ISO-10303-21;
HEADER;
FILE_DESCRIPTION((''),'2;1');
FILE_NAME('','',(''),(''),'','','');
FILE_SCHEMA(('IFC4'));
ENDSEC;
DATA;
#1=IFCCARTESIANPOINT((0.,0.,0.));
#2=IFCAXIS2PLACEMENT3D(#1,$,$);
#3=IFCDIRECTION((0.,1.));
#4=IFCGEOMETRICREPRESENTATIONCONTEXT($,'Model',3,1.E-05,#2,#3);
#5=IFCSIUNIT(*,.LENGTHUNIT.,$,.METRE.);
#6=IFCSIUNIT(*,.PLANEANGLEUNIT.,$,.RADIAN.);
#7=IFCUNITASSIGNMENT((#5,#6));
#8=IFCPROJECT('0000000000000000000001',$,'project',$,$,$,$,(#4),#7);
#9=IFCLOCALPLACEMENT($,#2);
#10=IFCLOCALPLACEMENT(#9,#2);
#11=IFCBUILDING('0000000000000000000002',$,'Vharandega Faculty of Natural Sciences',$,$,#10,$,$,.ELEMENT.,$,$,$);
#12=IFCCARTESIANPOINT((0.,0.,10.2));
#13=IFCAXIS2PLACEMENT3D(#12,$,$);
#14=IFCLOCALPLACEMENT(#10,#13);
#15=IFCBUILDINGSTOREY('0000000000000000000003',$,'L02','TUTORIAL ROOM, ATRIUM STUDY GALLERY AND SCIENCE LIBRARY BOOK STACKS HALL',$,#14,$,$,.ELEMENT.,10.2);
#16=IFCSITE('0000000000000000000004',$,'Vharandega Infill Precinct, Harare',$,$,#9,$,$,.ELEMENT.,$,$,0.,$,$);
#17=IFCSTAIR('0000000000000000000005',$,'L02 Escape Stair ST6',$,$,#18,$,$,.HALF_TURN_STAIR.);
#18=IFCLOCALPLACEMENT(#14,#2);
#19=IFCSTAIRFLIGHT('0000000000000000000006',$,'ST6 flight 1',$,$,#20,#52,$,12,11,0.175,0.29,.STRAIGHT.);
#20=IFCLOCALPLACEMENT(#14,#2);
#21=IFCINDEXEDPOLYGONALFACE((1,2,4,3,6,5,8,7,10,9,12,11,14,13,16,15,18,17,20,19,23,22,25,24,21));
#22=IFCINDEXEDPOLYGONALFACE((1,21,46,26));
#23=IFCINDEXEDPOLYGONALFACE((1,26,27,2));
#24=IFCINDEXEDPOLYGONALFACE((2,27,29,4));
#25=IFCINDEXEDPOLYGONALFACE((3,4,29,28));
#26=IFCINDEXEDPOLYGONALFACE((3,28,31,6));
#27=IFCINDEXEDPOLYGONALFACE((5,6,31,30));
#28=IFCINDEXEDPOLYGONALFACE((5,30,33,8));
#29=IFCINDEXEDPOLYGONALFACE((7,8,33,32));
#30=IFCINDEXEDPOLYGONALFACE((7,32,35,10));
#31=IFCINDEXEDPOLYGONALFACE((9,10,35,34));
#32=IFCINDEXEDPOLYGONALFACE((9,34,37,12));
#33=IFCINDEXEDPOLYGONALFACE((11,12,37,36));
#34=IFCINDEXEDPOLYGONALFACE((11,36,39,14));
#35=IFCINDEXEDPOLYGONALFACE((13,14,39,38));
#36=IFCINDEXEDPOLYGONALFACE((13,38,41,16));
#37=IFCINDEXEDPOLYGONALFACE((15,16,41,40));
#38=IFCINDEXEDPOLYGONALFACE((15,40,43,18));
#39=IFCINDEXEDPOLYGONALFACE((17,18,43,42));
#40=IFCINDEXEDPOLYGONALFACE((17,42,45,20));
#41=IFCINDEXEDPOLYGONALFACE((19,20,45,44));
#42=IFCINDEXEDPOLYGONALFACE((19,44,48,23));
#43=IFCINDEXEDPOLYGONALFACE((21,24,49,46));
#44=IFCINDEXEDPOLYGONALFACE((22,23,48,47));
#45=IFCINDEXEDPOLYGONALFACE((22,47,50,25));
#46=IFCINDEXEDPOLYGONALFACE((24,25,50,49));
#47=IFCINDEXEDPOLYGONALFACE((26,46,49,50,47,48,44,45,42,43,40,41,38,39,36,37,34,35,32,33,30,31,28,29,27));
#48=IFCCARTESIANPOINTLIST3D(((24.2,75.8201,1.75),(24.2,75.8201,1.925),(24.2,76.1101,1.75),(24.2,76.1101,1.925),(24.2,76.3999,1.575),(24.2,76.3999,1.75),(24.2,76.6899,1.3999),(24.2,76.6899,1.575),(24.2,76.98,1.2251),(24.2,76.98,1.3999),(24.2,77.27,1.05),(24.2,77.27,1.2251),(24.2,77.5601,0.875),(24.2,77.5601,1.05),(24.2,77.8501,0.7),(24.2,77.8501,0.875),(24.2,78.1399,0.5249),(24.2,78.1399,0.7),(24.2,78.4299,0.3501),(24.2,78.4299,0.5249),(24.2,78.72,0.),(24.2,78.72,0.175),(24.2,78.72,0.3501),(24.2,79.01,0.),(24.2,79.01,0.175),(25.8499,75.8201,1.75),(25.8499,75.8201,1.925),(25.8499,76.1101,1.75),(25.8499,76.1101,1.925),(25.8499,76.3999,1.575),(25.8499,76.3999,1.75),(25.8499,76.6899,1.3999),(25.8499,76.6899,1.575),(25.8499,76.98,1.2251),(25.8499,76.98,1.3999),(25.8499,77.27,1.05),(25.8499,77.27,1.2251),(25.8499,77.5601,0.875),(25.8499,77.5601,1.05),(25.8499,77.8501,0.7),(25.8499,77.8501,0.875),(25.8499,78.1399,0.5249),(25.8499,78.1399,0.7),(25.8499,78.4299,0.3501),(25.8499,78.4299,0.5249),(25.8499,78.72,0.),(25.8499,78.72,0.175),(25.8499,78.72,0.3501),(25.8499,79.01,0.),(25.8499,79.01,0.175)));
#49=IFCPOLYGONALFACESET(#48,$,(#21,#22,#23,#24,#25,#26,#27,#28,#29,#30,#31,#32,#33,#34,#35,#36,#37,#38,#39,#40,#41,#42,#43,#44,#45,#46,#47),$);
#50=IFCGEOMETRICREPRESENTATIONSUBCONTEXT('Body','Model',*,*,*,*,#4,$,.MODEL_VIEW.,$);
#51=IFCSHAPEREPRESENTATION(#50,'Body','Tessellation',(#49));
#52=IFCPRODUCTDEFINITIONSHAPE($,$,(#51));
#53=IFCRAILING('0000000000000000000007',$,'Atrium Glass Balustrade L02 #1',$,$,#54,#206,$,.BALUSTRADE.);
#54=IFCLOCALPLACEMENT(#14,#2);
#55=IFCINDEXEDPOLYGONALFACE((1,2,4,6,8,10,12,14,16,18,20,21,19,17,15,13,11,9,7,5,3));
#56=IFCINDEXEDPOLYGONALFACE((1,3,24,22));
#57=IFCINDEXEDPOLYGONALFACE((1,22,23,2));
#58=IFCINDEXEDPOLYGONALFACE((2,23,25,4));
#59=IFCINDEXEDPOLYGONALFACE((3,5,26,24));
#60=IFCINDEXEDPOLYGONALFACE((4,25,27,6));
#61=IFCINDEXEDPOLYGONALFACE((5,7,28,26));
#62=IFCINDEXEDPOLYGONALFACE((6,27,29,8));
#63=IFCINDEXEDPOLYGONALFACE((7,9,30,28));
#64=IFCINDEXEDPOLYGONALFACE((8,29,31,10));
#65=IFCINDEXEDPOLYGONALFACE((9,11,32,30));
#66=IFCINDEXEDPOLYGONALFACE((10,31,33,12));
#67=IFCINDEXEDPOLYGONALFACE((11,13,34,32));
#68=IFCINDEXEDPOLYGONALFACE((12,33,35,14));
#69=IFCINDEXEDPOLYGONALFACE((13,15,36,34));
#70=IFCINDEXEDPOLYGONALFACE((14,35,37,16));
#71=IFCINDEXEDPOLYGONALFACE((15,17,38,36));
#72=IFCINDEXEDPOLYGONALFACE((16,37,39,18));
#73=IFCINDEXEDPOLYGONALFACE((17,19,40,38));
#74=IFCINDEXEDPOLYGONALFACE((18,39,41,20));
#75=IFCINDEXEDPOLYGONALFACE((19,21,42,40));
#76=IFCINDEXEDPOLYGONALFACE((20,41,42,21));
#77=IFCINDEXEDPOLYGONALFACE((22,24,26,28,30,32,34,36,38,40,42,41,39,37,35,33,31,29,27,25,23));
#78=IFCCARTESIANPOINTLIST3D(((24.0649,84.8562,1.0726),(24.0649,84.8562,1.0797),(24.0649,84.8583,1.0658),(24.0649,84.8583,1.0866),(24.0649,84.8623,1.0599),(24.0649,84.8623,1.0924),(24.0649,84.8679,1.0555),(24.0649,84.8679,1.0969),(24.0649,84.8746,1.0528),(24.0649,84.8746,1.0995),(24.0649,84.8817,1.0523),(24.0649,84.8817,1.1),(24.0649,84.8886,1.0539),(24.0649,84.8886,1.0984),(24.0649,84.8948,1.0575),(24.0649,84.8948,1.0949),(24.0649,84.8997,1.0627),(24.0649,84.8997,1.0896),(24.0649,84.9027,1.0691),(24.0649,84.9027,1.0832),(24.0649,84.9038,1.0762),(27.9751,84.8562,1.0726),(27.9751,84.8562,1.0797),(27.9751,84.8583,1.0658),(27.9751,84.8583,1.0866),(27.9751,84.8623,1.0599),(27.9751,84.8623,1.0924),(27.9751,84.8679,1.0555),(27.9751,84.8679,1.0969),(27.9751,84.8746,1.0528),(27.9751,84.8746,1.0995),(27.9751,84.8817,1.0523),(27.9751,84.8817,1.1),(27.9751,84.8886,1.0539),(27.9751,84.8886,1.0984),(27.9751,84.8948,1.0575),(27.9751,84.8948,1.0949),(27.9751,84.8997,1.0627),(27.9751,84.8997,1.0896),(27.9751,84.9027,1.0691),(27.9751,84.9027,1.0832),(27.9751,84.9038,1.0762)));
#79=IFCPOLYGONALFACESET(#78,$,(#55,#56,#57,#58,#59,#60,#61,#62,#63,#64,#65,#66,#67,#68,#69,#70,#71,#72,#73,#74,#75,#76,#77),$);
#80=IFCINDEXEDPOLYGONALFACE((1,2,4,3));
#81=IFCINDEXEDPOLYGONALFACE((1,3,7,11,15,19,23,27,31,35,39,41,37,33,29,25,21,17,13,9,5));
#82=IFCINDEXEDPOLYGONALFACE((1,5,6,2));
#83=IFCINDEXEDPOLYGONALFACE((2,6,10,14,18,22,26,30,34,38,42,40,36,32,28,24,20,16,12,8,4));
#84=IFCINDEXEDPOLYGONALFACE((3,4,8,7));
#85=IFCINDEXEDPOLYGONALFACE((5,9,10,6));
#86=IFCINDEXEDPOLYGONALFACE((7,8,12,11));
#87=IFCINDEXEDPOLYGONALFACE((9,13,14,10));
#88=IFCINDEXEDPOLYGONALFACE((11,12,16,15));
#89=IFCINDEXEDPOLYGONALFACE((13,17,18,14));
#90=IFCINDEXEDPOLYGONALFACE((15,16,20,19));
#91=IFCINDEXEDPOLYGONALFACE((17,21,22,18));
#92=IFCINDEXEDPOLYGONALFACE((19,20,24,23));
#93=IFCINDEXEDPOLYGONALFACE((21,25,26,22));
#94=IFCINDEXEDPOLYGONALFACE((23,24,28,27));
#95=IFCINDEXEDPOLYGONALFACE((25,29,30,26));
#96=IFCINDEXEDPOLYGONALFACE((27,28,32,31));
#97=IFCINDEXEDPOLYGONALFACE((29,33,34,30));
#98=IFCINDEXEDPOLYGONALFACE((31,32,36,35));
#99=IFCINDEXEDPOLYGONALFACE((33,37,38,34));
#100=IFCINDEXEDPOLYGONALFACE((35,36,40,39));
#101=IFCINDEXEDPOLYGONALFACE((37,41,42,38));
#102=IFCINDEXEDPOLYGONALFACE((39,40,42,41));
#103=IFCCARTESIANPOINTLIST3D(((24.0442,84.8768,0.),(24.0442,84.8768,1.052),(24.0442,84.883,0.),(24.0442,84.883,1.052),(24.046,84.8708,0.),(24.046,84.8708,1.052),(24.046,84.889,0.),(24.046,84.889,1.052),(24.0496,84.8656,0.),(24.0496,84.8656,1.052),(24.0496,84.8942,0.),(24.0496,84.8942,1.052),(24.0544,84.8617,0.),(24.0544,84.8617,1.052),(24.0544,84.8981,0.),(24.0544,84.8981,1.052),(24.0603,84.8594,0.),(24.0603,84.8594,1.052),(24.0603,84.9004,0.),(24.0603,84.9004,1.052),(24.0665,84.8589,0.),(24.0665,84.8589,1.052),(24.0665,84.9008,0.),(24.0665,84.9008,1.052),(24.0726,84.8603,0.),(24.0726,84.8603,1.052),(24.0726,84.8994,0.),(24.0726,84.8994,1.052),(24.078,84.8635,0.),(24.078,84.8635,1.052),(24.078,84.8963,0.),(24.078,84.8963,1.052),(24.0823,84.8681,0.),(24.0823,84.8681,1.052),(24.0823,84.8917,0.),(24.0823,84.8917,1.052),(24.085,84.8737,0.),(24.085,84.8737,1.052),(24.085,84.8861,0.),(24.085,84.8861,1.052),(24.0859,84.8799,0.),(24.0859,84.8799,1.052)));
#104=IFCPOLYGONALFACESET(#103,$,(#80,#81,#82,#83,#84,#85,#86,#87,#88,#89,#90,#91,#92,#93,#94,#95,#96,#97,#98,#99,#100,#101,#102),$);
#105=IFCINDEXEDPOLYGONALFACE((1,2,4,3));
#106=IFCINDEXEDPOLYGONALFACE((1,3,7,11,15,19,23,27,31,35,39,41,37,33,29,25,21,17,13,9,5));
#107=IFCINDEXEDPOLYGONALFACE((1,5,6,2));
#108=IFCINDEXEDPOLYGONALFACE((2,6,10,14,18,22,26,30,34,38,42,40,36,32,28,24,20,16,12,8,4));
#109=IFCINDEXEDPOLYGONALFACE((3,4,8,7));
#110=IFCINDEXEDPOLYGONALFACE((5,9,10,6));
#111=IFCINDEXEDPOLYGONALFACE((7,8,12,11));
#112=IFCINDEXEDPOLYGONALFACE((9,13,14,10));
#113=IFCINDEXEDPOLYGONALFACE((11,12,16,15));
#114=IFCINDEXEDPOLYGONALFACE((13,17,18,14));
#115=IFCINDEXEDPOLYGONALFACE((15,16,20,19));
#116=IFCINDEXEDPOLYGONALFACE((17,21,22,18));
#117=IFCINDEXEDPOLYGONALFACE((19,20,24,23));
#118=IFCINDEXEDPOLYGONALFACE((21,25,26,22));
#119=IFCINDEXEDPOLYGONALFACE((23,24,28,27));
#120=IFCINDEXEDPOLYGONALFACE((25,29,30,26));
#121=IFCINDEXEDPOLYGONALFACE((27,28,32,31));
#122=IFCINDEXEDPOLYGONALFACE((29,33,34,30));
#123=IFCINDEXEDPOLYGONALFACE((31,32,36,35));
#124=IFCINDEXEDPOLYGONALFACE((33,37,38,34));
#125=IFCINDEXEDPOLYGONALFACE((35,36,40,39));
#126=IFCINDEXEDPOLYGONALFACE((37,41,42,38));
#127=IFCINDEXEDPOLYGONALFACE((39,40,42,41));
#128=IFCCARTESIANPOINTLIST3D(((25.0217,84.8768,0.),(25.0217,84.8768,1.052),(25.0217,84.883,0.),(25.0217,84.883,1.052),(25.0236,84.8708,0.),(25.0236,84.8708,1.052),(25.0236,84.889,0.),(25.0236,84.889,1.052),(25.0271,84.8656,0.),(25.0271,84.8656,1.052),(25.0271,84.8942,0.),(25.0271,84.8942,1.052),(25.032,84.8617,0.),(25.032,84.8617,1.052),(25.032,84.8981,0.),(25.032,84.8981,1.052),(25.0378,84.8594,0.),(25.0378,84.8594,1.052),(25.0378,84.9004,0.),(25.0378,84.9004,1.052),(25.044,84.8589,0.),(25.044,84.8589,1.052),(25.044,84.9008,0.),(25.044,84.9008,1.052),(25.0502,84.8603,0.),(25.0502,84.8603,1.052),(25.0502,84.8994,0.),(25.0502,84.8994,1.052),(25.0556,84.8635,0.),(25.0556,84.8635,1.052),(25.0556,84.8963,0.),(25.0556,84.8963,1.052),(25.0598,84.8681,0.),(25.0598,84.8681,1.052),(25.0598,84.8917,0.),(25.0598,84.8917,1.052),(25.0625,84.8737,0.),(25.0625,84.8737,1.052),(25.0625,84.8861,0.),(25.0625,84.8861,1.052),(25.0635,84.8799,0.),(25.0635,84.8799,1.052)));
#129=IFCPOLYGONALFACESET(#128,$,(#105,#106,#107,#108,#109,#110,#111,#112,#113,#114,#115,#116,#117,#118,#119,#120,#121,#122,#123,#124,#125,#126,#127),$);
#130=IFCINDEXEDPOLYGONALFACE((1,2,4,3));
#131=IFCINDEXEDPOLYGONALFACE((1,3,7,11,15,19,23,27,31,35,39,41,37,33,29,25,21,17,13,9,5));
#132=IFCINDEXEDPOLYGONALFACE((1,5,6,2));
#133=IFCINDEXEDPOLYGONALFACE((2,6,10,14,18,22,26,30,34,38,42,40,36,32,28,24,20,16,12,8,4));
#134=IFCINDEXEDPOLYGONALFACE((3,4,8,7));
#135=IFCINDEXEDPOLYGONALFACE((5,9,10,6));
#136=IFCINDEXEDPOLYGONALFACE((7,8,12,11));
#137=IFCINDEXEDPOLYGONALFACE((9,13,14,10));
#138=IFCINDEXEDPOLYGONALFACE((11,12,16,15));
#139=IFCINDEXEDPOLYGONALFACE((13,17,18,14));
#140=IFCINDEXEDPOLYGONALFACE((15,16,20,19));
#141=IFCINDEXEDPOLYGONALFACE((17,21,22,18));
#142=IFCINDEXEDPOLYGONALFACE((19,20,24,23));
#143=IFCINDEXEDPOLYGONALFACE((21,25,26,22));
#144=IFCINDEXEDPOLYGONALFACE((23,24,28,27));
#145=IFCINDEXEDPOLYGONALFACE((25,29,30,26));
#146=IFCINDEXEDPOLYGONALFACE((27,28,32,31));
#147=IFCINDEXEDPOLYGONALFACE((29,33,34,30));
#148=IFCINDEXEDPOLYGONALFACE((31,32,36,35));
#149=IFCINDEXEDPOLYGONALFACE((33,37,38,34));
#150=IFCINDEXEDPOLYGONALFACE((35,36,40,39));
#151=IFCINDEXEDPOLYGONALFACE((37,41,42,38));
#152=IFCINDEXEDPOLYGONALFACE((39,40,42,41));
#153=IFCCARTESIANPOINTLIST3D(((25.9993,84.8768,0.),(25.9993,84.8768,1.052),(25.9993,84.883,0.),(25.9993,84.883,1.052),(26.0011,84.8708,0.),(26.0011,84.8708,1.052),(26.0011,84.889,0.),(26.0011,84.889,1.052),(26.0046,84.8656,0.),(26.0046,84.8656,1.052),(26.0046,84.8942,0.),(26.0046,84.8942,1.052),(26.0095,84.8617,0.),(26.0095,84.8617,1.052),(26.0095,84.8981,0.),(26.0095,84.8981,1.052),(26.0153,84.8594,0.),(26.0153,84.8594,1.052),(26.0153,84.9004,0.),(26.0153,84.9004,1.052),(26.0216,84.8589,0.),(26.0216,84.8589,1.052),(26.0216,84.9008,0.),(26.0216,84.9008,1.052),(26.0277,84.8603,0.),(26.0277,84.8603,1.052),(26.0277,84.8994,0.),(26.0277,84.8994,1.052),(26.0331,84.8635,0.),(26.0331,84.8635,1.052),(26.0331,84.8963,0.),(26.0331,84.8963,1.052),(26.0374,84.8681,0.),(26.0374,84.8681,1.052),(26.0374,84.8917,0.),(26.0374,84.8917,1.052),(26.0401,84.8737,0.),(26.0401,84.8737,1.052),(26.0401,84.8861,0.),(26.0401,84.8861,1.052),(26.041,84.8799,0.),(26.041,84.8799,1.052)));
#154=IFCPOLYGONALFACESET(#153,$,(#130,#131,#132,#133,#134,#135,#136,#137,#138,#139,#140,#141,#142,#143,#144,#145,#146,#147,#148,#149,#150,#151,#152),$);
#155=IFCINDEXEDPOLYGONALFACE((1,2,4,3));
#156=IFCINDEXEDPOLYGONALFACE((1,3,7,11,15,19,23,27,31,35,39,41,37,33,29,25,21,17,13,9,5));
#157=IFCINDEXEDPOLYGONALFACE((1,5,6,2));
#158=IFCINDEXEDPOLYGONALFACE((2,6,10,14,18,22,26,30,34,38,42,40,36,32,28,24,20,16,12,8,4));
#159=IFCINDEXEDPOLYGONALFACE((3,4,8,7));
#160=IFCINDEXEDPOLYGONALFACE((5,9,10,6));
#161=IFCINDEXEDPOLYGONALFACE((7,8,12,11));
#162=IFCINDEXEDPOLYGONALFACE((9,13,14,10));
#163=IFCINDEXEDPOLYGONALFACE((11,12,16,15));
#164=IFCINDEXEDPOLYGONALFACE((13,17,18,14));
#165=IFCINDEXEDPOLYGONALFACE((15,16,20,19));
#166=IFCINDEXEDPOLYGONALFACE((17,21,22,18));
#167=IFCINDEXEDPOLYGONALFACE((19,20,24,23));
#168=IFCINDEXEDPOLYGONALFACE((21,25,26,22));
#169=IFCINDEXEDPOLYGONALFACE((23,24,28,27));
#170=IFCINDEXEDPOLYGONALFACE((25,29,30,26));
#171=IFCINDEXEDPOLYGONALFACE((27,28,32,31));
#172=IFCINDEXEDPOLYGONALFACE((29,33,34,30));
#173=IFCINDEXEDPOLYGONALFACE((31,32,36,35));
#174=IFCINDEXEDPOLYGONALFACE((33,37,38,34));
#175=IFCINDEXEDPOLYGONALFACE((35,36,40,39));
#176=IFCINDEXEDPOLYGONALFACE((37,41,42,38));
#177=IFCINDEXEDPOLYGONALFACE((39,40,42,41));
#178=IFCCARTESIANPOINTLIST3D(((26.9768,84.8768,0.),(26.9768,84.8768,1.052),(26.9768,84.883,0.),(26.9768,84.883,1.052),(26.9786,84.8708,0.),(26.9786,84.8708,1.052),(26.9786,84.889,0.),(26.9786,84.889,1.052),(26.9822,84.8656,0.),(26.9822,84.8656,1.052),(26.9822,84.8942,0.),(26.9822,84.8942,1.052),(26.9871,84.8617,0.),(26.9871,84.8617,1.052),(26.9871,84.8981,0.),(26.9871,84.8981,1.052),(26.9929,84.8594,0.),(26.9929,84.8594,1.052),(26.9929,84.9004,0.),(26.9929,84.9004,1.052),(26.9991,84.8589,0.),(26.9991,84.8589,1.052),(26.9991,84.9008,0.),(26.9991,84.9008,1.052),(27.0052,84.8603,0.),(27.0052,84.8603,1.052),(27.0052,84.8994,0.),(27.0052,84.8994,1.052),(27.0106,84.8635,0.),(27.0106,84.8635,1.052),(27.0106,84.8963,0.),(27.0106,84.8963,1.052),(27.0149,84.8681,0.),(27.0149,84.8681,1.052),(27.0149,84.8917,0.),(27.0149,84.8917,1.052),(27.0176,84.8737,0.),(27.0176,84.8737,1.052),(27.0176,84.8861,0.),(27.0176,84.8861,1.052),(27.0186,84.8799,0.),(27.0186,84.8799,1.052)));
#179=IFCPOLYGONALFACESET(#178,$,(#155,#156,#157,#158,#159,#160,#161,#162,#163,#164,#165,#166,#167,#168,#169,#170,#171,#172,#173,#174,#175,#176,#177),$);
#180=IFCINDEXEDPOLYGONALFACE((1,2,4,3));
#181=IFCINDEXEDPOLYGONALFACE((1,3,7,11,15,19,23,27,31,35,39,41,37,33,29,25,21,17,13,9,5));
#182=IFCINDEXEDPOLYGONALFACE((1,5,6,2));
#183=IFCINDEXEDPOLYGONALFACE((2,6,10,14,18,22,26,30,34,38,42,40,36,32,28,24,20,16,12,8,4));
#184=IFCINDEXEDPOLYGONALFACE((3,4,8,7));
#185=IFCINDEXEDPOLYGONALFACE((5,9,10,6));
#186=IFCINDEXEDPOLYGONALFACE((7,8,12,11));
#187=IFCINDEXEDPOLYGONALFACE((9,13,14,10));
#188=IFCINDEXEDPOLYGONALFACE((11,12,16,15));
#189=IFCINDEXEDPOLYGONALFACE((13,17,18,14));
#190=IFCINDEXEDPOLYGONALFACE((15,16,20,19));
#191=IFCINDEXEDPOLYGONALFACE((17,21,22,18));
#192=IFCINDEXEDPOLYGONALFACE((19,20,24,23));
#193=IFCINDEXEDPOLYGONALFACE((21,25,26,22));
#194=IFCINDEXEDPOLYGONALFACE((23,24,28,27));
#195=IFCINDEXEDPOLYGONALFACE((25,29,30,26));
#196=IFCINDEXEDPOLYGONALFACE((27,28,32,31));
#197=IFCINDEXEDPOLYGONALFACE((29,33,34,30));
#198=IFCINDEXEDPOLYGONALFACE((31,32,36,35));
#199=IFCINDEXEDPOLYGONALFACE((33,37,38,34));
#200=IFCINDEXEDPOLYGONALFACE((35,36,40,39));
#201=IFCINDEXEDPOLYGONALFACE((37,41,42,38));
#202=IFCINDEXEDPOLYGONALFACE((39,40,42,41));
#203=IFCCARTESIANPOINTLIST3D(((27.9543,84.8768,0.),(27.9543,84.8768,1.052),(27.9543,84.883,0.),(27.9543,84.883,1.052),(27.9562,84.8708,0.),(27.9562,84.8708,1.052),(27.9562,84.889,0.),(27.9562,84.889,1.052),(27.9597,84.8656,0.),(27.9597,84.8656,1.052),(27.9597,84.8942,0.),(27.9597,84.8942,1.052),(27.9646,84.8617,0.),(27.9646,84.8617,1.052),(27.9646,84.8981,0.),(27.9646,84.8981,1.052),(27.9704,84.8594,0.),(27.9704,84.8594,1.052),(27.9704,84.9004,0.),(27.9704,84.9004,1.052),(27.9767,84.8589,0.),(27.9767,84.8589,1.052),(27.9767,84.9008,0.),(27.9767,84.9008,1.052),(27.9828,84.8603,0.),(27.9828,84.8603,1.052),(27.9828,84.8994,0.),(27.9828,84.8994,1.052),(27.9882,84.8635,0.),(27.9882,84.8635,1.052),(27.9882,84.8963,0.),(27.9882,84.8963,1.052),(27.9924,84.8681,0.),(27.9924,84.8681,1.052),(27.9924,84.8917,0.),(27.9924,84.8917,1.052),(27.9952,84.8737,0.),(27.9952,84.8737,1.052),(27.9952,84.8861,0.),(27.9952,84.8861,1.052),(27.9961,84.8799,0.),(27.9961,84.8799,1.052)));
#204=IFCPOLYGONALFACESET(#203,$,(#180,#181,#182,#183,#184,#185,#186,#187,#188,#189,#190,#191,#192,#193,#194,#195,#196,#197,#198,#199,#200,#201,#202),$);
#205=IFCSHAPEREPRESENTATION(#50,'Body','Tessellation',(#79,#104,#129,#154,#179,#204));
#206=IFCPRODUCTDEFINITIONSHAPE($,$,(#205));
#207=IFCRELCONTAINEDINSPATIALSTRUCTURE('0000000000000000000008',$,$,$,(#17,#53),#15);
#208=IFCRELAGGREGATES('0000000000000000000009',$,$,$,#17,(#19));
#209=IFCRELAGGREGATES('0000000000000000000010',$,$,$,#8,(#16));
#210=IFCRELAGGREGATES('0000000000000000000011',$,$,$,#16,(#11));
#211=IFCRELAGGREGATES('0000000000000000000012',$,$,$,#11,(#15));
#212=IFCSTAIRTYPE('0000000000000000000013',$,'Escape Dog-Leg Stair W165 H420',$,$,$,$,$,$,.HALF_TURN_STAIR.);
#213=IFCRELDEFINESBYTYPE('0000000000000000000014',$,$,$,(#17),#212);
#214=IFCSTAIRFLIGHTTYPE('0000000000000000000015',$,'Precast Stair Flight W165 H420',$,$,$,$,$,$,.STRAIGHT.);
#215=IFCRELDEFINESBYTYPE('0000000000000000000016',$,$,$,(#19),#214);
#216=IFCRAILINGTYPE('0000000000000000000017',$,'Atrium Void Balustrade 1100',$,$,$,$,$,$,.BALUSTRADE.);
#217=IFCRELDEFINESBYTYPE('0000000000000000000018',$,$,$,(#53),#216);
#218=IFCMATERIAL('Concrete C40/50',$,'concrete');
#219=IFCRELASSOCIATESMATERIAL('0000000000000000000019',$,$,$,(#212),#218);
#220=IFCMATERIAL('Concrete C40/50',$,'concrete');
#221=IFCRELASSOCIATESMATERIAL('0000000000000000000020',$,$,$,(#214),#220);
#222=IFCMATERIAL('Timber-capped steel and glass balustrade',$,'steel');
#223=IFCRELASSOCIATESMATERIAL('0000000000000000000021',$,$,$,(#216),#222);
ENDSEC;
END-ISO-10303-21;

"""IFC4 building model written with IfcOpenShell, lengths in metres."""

from ifc_helpers import new_model, si_unit, direction, frame, origin, origin_2d, place, context, subcontext, project, spatial, polyline, circle, outline, extrude, material, type_object, element, aggregate, save


model = new_model("IFC4")

# Units and contexts
model_context = context("Model", 3, precision=1e-05, world=origin(), true_north=direction((0.0, 1.0)))
body_context = subcontext(model_context, "Body", "Model", "MODEL_VIEW")
ifc_project = project(units=[si_unit("LENGTHUNIT", "METRE"), si_unit("PLANEANGLEUNIT", "RADIAN")], contexts=[model_context])

# Site, building, storey
site_placement = place(None, origin())
site = spatial("IfcSite", under=ifc_project, at=site_placement, Name="Vharandega Infill Precinct, Harare", CompositionType="ELEMENT", RefElevation=0.0)
building_placement = place(site_placement, origin())
building = spatial("IfcBuilding", under=site, at=building_placement, Name="Vharandega Faculty of Natural Sciences", CompositionType="ELEMENT")
storey_placement = place(building_placement, frame((0.0, 0.0, 10.2)))
storey = spatial("IfcBuildingStorey", under=building, at=storey_placement, Name="L02", Description="TUTORIAL ROOM, ATRIUM STUDY GALLERY AND SCIENCE LIBRARY BOOK STACKS HALL", CompositionType="ELEMENT", Elevation=10.2)

# Stair, stair flight
ifc_material_1 = material(Name="Concrete C40/50", Category="concrete")
stair_type = type_object("IfcStairType", Name="Escape Dog-Leg Stair W165 H420", PredefinedType="HALF_TURN_STAIR", material=ifc_material_1)
stair_placement = place(storey_placement, origin())
stair = element("IfcStair", 1, at=stair_placement, inside=storey, type_object=stair_type, Name="L02 Escape Stair ST6", PredefinedType="HALF_TURN_STAIR")
ifc_material_2 = material(Name="Concrete C40/50", Category="concrete")
stair_flight_type = type_object("IfcStairFlightType", Name="Precast Stair Flight W165 H420", PredefinedType="STRAIGHT", material=ifc_material_2)
stair_flight_placement = place(storey_placement, frame((25.0249, 79.01, 0.0), z_axis=(0.0, 0.0, 1.0), x_axis=(0.0, -1.0, 0.0)))
stair_flight = element("IfcStairFlight", 2, at=stair_flight_placement, type_object=stair_flight_type, Name="ST6 flight 1", NumberOfRisers=12, NumberOfTreads=11, PredefinedType="STRAIGHT", RiserHeight=0.175, TreadLength=0.29, context=body_context, shape_type="SweptSolid", body=[
    extrude(outline(polyline([(0.0, 0.0), (0.0, 0.175), (0.29, 0.175), (0.29, 0.3501), (0.5801, 0.3501), (0.5801, 0.5249), (0.8701, 0.5249), (0.8701, 0.7), (1.1599, 0.7), (1.1599, 0.875), (1.45, 0.875), (1.45, 1.05), (1.74, 1.05), (1.74, 1.2251), (2.03, 1.2251), (2.03, 1.3999), (2.3201, 1.3999), (2.3201, 1.575), (2.6101, 1.575), (2.6101, 1.75), (2.8999, 1.75), (2.8999, 1.925), (3.1899, 1.925), (3.1899, 2.1001), (3.1899, 1.75), (0.29, 0.0), (0.0, 0.0)])), frame((0.0, 0.825, 0.0), z_axis=(0.0, -1.0, 0.0), x_axis=(1.0, 0.0, 0.0)), (0.0, 0.0, 1.0), 1.6499),
])
aggregate(stair, [stair_flight])

# Railing
ifc_material_3 = material(Name="Timber-capped steel and glass balustrade", Category="steel")
railing_type_1 = type_object("IfcRailingType", Name="Atrium Void Balustrade 1100", PredefinedType="BALUSTRADE", material=ifc_material_3)
railing_1_placement = place(storey_placement, frame((24.0649, 84.8799, 0.0)))
element("IfcRailing", 3, at=railing_1_placement, inside=storey, type_object=railing_type_1, Name="Atrium Glass Balustrade L02 #1", PredefinedType="BALUSTRADE", context=body_context, shape_type="SweptSolid", body=[
    extrude(circle(Radius=0.0239, at=origin_2d()), frame((0.0, 0.0, 1.0762), z_axis=(1.0, 0.0, 0.0), x_axis=(0.0, 1.0, 0.0)), (0.0, 0.0, 1.0), 3.9102),
    extrude(circle(Radius=0.021, at=origin_2d()), origin(), (0.0, 0.0, 1.0), 1.052),
    extrude(circle(Radius=0.021, at=origin_2d()), frame((0.9775, 0.0, 0.0)), (0.0, 0.0, 1.0), 1.052),
    extrude(circle(Radius=0.021, at=origin_2d()), frame((1.9551, 0.0, 0.0)), (0.0, 0.0, 1.0), 1.052),
    extrude(circle(Radius=0.021, at=origin_2d()), frame((2.9326, 0.0, 0.0)), (0.0, 0.0, 1.0), 1.052),
    extrude(circle(Radius=0.021, at=origin_2d()), frame((3.9102, 0.0, 0.0)), (0.0, 0.0, 1.0), 1.052),
])

save(model, "model.ifc")
